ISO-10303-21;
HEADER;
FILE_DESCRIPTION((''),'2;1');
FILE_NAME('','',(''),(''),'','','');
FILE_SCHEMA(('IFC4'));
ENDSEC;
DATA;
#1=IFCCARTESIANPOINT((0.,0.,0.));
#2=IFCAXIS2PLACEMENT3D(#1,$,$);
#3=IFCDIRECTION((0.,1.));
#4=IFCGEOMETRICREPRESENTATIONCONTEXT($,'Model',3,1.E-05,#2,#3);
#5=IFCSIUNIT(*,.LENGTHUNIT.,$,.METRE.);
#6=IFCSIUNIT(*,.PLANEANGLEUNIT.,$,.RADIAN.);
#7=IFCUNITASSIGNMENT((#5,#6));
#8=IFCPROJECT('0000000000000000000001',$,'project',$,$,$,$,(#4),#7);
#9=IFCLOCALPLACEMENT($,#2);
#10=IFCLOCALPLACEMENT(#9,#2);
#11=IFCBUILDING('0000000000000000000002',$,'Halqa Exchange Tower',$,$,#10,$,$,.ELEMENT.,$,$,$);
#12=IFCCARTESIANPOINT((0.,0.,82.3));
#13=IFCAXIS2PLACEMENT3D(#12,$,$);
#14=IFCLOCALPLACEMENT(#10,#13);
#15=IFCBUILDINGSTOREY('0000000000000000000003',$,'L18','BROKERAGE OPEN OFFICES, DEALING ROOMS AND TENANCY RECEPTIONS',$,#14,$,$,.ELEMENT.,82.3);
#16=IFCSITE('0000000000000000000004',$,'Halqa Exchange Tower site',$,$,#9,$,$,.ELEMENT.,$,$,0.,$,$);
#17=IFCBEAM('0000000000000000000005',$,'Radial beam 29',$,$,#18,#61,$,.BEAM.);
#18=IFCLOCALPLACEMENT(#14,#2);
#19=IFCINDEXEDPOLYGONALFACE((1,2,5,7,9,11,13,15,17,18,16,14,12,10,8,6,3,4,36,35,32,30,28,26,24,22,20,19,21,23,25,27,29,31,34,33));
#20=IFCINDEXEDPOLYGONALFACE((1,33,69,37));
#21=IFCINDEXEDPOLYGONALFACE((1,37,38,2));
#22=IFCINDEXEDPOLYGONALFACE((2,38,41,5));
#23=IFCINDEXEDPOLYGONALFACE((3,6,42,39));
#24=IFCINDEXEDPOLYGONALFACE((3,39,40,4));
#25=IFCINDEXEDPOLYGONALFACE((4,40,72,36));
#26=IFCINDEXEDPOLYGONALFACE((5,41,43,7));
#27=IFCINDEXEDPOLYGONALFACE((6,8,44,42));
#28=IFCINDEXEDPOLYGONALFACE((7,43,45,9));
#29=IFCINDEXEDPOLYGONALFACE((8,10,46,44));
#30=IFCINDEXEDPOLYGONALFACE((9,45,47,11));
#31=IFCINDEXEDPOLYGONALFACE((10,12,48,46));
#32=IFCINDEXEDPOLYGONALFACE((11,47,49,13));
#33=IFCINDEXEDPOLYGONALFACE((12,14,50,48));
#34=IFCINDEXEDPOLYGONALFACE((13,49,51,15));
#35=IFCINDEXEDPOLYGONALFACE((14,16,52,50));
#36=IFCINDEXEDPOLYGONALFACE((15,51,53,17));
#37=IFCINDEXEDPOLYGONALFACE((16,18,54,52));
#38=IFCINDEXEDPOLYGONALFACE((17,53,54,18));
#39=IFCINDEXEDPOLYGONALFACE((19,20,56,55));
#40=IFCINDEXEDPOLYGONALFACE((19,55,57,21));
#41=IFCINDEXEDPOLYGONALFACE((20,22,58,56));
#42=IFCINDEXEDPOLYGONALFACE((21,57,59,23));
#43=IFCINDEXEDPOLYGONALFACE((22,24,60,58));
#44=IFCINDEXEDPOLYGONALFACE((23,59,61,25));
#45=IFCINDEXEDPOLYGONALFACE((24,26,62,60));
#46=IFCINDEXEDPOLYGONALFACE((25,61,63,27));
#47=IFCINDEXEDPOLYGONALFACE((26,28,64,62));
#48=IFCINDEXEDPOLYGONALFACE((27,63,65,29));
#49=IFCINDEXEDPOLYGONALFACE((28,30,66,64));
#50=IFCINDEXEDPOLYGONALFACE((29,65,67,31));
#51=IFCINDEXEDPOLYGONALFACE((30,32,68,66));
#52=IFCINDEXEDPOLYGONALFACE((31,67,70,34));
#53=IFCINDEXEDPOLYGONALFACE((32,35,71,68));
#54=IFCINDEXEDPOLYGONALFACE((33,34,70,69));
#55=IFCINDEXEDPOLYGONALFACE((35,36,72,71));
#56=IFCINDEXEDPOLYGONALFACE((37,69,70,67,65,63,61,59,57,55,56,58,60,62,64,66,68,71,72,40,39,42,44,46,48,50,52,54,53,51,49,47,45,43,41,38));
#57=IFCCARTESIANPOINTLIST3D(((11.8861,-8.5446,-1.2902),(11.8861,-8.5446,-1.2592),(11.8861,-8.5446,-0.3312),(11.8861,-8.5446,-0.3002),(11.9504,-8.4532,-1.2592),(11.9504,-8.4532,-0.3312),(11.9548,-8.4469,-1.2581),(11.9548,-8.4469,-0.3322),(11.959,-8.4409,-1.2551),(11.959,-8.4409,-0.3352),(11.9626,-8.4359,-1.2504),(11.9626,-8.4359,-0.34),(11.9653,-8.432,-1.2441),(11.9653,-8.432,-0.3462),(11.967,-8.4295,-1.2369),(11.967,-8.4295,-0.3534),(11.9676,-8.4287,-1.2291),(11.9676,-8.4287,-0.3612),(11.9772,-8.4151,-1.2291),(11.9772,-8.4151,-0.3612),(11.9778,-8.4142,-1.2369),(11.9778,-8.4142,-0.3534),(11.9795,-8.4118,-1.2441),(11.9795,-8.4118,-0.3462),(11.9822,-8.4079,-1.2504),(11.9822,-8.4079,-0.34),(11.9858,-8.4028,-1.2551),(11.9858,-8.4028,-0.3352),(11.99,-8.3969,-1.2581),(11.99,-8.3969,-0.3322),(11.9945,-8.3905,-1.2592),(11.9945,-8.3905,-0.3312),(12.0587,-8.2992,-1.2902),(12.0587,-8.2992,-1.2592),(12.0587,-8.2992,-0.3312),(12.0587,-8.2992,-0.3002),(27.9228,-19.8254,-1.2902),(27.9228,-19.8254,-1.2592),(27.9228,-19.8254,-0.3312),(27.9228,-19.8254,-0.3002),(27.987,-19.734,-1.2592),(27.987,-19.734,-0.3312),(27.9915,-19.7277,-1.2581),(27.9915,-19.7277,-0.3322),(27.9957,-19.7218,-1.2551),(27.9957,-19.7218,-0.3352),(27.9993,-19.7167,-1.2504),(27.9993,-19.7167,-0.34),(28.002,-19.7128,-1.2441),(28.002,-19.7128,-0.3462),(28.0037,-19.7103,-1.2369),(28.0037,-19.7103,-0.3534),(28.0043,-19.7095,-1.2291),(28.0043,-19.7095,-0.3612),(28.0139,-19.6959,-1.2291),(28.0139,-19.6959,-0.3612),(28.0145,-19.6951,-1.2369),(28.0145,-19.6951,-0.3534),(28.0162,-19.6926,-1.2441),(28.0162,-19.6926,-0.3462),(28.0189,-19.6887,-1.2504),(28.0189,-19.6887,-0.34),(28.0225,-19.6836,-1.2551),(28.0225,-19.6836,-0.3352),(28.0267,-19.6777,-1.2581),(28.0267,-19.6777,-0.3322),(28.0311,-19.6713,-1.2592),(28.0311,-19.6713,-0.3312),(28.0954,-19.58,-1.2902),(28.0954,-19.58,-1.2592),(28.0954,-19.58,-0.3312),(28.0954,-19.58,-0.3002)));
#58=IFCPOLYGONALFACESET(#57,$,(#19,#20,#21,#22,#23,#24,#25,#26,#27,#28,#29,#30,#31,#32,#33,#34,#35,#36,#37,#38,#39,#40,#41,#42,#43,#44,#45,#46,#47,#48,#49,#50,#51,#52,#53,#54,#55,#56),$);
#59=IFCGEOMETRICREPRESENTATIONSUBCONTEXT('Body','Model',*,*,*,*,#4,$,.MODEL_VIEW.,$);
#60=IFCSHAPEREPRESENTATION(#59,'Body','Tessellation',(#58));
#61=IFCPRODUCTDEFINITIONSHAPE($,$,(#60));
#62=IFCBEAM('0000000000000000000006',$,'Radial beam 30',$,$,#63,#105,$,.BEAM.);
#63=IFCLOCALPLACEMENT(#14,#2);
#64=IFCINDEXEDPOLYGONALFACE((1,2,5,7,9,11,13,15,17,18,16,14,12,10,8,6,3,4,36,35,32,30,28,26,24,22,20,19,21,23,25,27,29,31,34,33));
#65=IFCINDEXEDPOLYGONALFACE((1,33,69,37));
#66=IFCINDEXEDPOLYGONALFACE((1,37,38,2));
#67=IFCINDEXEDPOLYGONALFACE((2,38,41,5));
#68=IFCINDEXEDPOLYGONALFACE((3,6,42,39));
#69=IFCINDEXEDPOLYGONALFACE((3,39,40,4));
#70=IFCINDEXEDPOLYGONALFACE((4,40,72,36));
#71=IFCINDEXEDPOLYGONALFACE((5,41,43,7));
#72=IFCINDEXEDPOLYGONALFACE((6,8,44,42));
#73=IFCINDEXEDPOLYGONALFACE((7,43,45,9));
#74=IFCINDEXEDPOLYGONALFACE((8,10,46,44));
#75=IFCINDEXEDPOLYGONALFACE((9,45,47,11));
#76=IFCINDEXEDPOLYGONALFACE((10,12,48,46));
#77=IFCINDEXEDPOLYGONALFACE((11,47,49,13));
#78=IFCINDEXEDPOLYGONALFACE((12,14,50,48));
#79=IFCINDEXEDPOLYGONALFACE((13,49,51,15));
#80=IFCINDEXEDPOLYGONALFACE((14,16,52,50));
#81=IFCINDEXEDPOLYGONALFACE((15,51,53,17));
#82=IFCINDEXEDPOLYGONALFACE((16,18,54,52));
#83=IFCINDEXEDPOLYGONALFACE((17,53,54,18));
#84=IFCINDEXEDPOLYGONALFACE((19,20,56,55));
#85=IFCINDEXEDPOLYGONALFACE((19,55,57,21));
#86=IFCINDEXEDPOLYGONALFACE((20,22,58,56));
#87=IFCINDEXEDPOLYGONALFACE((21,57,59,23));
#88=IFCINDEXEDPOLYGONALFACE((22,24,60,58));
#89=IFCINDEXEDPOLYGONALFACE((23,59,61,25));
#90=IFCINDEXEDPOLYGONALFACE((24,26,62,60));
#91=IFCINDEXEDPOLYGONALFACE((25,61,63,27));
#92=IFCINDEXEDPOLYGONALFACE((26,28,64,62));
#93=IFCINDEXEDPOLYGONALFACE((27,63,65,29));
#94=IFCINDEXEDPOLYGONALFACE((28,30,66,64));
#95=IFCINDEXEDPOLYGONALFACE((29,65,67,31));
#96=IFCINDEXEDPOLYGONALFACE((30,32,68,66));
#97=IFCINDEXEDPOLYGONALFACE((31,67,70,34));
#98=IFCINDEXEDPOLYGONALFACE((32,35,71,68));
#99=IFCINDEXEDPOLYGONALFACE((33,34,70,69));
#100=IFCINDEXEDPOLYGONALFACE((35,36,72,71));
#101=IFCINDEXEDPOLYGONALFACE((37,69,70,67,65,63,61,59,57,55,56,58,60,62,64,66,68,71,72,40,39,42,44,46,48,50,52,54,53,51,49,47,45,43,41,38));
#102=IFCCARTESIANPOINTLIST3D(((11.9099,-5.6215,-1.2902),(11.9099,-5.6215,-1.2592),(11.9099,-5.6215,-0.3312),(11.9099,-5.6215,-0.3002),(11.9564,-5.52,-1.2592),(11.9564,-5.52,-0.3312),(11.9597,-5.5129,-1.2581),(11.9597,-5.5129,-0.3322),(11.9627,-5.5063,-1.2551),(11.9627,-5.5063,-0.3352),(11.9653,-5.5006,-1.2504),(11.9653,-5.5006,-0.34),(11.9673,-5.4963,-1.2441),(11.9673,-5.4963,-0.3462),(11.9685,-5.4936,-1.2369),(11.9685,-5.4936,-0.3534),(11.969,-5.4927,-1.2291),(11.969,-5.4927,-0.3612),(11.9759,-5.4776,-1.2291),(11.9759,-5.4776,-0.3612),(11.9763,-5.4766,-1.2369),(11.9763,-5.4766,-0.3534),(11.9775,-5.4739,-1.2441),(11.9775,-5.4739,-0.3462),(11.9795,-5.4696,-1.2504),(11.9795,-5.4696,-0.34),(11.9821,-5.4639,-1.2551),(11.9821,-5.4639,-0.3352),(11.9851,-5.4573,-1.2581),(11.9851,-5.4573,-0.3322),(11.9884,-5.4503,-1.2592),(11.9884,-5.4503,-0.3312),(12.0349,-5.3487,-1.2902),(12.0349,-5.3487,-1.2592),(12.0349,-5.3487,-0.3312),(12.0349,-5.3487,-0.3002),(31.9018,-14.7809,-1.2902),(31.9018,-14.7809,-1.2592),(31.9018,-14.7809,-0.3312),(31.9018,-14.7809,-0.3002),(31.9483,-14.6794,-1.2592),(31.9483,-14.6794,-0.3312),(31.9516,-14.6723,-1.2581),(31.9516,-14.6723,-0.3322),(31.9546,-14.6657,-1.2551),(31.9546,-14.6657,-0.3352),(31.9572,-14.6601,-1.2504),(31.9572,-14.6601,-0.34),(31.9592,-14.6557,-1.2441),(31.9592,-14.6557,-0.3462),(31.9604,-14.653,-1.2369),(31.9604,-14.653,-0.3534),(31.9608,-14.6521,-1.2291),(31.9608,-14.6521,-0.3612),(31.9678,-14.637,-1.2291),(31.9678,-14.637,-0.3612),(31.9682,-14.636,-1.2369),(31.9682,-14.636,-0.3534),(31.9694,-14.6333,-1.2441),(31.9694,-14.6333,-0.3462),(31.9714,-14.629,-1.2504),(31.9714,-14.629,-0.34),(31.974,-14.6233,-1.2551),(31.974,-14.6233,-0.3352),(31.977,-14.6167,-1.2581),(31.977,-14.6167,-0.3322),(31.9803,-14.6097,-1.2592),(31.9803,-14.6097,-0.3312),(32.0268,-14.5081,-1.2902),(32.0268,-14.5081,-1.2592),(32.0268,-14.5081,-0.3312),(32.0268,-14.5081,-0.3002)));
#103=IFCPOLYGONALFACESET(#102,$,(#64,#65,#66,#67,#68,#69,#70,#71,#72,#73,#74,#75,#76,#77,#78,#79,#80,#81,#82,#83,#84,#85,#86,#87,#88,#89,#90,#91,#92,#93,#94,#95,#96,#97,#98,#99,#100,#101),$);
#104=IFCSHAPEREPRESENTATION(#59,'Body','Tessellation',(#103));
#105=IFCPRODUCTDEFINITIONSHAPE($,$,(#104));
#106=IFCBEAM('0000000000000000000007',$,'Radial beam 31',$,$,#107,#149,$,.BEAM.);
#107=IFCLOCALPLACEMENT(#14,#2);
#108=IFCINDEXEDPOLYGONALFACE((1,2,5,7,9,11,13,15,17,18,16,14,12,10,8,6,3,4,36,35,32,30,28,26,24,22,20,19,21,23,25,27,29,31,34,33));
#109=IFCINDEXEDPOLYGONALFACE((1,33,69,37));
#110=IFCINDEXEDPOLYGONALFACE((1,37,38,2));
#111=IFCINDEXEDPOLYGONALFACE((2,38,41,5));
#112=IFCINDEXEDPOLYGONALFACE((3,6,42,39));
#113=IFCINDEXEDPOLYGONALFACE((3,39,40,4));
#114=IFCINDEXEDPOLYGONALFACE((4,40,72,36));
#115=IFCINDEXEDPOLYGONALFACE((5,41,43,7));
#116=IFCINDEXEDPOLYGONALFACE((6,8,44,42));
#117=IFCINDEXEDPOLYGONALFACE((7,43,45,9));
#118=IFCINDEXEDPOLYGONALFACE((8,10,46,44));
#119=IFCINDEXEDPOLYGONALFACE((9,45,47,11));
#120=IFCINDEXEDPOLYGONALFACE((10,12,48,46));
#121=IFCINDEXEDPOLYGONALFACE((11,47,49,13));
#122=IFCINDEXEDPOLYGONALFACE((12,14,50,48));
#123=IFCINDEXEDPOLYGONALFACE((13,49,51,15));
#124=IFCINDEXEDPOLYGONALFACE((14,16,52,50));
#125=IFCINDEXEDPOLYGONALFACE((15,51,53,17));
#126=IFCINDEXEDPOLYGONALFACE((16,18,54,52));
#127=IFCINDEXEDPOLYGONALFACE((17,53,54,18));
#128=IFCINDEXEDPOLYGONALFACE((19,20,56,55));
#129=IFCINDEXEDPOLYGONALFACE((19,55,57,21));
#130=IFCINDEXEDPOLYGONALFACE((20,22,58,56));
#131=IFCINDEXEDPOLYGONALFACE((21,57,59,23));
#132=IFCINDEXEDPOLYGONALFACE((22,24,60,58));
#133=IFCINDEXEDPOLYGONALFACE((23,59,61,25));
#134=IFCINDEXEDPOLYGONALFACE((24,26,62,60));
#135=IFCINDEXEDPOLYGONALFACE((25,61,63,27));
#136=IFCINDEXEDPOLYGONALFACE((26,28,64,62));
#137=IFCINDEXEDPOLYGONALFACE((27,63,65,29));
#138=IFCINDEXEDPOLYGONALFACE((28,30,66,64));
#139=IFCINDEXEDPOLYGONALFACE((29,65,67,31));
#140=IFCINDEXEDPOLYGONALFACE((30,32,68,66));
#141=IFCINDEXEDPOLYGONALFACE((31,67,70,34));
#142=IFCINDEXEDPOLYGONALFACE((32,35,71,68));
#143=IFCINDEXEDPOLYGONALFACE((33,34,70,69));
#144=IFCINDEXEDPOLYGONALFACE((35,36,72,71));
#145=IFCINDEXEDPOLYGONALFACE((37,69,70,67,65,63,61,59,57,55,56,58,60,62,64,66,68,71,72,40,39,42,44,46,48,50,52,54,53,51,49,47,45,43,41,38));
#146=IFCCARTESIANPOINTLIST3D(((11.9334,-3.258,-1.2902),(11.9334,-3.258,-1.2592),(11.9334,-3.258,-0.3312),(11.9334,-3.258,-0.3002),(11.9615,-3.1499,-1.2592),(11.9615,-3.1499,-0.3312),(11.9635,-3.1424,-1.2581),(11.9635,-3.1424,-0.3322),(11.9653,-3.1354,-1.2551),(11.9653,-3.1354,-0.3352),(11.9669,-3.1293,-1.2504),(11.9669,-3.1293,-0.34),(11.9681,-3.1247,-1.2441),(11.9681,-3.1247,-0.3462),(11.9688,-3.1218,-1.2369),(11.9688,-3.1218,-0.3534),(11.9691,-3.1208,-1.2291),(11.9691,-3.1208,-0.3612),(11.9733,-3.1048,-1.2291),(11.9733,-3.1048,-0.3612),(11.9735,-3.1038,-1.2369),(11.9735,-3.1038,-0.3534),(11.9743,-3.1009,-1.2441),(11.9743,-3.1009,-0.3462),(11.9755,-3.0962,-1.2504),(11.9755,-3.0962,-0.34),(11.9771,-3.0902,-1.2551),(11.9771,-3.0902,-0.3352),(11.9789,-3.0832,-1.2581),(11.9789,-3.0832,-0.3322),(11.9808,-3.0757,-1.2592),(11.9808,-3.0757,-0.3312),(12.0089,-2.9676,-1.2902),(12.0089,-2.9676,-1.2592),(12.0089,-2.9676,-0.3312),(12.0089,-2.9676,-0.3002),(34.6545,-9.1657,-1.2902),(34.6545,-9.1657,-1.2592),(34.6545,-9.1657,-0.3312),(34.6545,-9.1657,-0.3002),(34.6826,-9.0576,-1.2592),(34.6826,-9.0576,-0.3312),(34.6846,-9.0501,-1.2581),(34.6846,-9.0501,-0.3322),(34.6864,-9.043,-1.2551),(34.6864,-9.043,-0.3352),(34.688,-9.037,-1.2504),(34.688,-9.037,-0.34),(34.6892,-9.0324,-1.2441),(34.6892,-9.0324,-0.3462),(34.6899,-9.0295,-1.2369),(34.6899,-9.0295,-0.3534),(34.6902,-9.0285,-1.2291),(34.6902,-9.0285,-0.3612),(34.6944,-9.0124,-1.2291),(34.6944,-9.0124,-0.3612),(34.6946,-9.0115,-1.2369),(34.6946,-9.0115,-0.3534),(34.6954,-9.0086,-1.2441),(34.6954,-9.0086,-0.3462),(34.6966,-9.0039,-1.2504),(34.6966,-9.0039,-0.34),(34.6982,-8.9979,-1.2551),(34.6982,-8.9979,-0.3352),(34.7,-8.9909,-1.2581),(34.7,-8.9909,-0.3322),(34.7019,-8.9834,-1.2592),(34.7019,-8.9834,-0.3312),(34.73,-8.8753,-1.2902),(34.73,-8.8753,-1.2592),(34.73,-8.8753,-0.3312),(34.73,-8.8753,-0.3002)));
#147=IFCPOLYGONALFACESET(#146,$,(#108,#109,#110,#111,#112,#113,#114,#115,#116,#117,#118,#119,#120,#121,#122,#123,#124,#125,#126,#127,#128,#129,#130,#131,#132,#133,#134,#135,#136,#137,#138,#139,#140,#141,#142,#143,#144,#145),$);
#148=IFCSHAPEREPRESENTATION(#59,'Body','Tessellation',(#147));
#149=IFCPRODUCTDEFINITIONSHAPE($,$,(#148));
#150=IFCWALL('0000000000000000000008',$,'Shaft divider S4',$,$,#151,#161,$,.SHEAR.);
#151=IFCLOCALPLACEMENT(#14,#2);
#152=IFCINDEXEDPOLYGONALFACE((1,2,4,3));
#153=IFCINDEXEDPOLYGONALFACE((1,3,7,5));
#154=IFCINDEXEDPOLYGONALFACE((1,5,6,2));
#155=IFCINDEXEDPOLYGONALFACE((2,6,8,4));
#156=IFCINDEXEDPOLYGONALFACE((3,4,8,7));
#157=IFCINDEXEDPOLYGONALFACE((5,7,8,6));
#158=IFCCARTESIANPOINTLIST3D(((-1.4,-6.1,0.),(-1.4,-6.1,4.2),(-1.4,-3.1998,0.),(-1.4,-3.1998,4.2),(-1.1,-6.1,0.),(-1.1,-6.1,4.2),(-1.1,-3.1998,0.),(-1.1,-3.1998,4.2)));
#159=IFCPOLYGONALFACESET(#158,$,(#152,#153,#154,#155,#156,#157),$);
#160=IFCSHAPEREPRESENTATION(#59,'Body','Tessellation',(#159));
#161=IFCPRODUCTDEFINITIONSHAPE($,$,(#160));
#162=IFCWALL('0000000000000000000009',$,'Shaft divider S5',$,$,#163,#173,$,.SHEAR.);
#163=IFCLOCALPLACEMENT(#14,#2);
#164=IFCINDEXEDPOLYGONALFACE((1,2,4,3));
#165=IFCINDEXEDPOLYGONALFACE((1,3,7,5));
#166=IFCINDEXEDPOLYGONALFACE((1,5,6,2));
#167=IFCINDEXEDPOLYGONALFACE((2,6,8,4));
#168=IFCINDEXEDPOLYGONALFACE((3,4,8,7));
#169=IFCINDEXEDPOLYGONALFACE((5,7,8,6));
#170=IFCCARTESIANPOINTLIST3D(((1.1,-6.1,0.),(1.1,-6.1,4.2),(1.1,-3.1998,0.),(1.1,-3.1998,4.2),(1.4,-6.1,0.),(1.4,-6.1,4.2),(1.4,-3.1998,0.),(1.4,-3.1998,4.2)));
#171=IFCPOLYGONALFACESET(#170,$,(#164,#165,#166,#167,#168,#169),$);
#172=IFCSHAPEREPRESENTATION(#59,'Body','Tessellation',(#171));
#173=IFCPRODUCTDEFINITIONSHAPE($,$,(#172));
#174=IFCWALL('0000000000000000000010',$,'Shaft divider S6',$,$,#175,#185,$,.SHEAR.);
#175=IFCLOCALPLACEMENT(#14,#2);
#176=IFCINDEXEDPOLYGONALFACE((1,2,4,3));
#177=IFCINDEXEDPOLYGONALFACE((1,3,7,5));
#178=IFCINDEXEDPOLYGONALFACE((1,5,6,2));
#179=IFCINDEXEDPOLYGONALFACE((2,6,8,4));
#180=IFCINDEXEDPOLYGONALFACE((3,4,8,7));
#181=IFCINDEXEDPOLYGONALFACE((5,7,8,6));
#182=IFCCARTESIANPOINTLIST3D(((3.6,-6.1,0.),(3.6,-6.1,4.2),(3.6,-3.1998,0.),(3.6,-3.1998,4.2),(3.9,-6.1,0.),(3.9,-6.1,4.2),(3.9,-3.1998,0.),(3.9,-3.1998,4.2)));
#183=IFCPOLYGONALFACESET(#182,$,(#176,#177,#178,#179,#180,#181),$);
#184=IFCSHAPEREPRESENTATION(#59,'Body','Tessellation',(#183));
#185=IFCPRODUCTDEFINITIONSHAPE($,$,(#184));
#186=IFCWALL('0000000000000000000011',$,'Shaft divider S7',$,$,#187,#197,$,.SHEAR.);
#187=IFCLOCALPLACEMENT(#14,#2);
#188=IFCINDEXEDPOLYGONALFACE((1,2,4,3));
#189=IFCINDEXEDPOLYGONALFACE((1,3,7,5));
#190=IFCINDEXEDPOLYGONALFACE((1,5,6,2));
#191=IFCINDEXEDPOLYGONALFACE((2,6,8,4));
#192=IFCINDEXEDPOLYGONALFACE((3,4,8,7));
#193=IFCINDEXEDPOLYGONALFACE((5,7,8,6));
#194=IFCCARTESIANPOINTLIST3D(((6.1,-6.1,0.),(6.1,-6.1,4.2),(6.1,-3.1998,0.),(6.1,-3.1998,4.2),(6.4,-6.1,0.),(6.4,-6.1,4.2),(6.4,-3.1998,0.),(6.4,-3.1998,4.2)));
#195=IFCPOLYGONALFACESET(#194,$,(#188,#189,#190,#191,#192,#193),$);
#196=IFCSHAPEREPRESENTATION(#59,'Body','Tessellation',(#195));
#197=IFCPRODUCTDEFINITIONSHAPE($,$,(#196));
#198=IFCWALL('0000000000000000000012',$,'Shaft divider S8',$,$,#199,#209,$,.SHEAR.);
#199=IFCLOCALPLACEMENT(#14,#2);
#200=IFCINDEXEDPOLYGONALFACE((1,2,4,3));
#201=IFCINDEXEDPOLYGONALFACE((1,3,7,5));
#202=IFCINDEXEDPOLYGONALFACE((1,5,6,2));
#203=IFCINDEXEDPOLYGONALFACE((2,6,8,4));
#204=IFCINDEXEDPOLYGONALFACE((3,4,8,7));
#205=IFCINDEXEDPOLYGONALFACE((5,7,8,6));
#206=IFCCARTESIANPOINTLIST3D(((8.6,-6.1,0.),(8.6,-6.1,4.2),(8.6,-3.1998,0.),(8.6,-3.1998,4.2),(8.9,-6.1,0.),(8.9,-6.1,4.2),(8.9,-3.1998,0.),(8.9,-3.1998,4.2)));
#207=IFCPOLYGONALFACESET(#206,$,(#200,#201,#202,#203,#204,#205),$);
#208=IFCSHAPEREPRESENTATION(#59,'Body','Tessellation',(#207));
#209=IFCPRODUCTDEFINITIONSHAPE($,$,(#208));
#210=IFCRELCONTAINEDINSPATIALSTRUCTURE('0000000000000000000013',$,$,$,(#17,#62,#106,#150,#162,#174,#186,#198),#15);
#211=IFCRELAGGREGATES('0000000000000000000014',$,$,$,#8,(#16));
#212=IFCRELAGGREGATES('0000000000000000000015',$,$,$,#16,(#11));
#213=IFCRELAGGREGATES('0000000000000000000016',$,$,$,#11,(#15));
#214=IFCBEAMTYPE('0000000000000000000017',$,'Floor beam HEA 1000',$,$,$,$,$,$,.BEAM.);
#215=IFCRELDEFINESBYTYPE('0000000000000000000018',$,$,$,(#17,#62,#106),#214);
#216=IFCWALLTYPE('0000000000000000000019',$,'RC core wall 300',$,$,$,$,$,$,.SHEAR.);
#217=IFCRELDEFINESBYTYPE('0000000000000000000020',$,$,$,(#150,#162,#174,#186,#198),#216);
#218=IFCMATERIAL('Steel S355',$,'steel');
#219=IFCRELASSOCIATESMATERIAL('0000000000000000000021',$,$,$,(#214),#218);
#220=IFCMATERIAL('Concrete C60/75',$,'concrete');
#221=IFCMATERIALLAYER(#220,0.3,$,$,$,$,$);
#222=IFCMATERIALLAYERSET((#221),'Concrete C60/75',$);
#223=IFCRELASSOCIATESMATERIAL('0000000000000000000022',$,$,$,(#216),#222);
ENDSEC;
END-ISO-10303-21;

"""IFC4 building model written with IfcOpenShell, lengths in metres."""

from ifc_helpers import new_model, si_unit, direction, frame, frame_2d, origin, origin_2d, place, context, subcontext, project, spatial, rectangle, i_section, extrude, material, layer, layer_set, material_profile, profile_set, type_object, element, save


model = new_model("IFC4")

# Units and contexts
model_context = context("Model", 3, precision=1e-05, world=origin(), true_north=direction((0.0, 1.0)))
body_context = subcontext(model_context, "Body", "Model", "MODEL_VIEW")
ifc_project = project(units=[si_unit("LENGTHUNIT", "METRE"), si_unit("PLANEANGLEUNIT", "RADIAN")], contexts=[model_context])

# Site, building, storey
site_placement = place(None, origin())
site = spatial("IfcSite", under=ifc_project, at=site_placement, Name="Halqa Exchange Tower site", CompositionType="ELEMENT", RefElevation=0.0)
building_placement = place(site_placement, origin())
building = spatial("IfcBuilding", under=site, at=building_placement, Name="Halqa Exchange Tower", CompositionType="ELEMENT")
storey_placement = place(building_placement, frame((0.0, 0.0, 82.3)))
storey = spatial("IfcBuildingStorey", under=building, at=storey_placement, Name="L18", Description="BROKERAGE OPEN OFFICES, DEALING ROOMS AND TENANCY RECEPTIONS", CompositionType="ELEMENT", Elevation=82.3)

# Beams
ifc_material_1 = material(Name="Steel S355", Category="steel")
ifc_material_profile = material_profile(ifc_material_1, i_section(OverallWidth=0.3, OverallDepth=0.99, WebThickness=0.0166, FlangeThickness=0.031, FilletRadius=0.03, at=origin_2d()), Name="HEA 1000")
ifc_profile_set = profile_set([ifc_material_profile], Name="Steel S355")
beam_type = type_object("IfcBeamType", Name="Floor beam HEA 1000", PredefinedType="BEAM", material=ifc_profile_set)
beam_1_placement = place(storey_placement, frame((11.9724, -8.4219, -0.7952), z_axis=(0.817909, -0.575348, 0.0), x_axis=(0.575348, 0.817909, 0.0)))
element("IfcBeam", 1, at=beam_1_placement, inside=storey, type_object=beam_type, Name="Radial beam 29", PredefinedType="BEAM", context=body_context, shape_type="SweptSolid", body=[
    extrude(i_section(OverallWidth=0.3, OverallDepth=0.99, WebThickness=0.0166, FlangeThickness=0.031, FilletRadius=0.03, at=origin_2d()), origin(), (0.0, 0.0, 1.0), 19.6069),
])
beam_2_placement = place(storey_placement, frame((11.9724, -5.4851, -0.7952), z_axis=(0.909126, -0.416521, 0.0), x_axis=(0.416521, 0.909126, 0.0)))
element("IfcBeam", 2, at=beam_2_placement, inside=storey, type_object=beam_type, Name="Radial beam 30", PredefinedType="BEAM", context=body_context, shape_type="SweptSolid", body=[
    extrude(i_section(OverallWidth=0.3, OverallDepth=0.99, WebThickness=0.0166, FlangeThickness=0.031, FilletRadius=0.03, at=origin_2d()), origin(), (0.0, 0.0, 1.0), 21.9902),
])
beam_3_placement = place(storey_placement, frame((11.9712, -3.1128, -0.7952), z_axis=(0.96782, -0.251642, 0.0), x_axis=(0.251642, 0.96782, 0.0)))
element("IfcBeam", 3, at=beam_3_placement, inside=storey, type_object=beam_type, Name="Radial beam 31", PredefinedType="BEAM", context=body_context, shape_type="SweptSolid", body=[
    extrude(i_section(OverallWidth=0.3, OverallDepth=0.99, WebThickness=0.0166, FlangeThickness=0.031, FilletRadius=0.03, at=origin_2d()), origin(), (0.0, 0.0, 1.0), 23.4766),
])

# Walls
ifc_material_2 = material(Name="Concrete C60/75", Category="concrete")
ifc_layer_1 = layer(ifc_material_2, 0.3)
ifc_layer_set_1 = layer_set([ifc_layer_1], Name="Concrete C60/75")
wall_type_1 = type_object("IfcWallType", Name="RC core wall 300", PredefinedType="SHEAR", material=ifc_layer_set_1)
for number, where, z_axis, x_axis, name in (
    (4, (-1.25, -6.1001, 0.0), (0.0, 0.0, 1.0), (0.0, 1.0, 0.0), "Shaft divider S4"),
    (5, (1.25, -6.1001, 0.0), (0.0, 0.0, 1.0), (0.0, 1.0, 0.0), "Shaft divider S5"),
    (6, (3.75, -6.1001, 0.0), (0.0, 0.0, 1.0), (0.0, 1.0, 0.0), "Shaft divider S6"),
    (7, (6.25, -6.1001, 0.0), (0.0, 0.0, 1.0), (0.0, 1.0, 0.0), "Shaft divider S7"),
    (8, (8.75, -6.1001, 0.0), (0.0, 0.0, 1.0), (0.0, 1.0, 0.0), "Shaft divider S8"),
):
    element("IfcWall", number, at=place(storey_placement, frame(where, z_axis=z_axis, x_axis=x_axis)), inside=storey, type_object=wall_type_1, Name=name, PredefinedType="SHEAR", context=body_context, shape_type="SweptSolid", body=[
        extrude(rectangle(XDim=2.9001, YDim=0.3, at=frame_2d((1.4502, 0.0))), origin(), (0.0, 0.0, 1.0), 4.2),
    ])

save(model, "model.ifc")
